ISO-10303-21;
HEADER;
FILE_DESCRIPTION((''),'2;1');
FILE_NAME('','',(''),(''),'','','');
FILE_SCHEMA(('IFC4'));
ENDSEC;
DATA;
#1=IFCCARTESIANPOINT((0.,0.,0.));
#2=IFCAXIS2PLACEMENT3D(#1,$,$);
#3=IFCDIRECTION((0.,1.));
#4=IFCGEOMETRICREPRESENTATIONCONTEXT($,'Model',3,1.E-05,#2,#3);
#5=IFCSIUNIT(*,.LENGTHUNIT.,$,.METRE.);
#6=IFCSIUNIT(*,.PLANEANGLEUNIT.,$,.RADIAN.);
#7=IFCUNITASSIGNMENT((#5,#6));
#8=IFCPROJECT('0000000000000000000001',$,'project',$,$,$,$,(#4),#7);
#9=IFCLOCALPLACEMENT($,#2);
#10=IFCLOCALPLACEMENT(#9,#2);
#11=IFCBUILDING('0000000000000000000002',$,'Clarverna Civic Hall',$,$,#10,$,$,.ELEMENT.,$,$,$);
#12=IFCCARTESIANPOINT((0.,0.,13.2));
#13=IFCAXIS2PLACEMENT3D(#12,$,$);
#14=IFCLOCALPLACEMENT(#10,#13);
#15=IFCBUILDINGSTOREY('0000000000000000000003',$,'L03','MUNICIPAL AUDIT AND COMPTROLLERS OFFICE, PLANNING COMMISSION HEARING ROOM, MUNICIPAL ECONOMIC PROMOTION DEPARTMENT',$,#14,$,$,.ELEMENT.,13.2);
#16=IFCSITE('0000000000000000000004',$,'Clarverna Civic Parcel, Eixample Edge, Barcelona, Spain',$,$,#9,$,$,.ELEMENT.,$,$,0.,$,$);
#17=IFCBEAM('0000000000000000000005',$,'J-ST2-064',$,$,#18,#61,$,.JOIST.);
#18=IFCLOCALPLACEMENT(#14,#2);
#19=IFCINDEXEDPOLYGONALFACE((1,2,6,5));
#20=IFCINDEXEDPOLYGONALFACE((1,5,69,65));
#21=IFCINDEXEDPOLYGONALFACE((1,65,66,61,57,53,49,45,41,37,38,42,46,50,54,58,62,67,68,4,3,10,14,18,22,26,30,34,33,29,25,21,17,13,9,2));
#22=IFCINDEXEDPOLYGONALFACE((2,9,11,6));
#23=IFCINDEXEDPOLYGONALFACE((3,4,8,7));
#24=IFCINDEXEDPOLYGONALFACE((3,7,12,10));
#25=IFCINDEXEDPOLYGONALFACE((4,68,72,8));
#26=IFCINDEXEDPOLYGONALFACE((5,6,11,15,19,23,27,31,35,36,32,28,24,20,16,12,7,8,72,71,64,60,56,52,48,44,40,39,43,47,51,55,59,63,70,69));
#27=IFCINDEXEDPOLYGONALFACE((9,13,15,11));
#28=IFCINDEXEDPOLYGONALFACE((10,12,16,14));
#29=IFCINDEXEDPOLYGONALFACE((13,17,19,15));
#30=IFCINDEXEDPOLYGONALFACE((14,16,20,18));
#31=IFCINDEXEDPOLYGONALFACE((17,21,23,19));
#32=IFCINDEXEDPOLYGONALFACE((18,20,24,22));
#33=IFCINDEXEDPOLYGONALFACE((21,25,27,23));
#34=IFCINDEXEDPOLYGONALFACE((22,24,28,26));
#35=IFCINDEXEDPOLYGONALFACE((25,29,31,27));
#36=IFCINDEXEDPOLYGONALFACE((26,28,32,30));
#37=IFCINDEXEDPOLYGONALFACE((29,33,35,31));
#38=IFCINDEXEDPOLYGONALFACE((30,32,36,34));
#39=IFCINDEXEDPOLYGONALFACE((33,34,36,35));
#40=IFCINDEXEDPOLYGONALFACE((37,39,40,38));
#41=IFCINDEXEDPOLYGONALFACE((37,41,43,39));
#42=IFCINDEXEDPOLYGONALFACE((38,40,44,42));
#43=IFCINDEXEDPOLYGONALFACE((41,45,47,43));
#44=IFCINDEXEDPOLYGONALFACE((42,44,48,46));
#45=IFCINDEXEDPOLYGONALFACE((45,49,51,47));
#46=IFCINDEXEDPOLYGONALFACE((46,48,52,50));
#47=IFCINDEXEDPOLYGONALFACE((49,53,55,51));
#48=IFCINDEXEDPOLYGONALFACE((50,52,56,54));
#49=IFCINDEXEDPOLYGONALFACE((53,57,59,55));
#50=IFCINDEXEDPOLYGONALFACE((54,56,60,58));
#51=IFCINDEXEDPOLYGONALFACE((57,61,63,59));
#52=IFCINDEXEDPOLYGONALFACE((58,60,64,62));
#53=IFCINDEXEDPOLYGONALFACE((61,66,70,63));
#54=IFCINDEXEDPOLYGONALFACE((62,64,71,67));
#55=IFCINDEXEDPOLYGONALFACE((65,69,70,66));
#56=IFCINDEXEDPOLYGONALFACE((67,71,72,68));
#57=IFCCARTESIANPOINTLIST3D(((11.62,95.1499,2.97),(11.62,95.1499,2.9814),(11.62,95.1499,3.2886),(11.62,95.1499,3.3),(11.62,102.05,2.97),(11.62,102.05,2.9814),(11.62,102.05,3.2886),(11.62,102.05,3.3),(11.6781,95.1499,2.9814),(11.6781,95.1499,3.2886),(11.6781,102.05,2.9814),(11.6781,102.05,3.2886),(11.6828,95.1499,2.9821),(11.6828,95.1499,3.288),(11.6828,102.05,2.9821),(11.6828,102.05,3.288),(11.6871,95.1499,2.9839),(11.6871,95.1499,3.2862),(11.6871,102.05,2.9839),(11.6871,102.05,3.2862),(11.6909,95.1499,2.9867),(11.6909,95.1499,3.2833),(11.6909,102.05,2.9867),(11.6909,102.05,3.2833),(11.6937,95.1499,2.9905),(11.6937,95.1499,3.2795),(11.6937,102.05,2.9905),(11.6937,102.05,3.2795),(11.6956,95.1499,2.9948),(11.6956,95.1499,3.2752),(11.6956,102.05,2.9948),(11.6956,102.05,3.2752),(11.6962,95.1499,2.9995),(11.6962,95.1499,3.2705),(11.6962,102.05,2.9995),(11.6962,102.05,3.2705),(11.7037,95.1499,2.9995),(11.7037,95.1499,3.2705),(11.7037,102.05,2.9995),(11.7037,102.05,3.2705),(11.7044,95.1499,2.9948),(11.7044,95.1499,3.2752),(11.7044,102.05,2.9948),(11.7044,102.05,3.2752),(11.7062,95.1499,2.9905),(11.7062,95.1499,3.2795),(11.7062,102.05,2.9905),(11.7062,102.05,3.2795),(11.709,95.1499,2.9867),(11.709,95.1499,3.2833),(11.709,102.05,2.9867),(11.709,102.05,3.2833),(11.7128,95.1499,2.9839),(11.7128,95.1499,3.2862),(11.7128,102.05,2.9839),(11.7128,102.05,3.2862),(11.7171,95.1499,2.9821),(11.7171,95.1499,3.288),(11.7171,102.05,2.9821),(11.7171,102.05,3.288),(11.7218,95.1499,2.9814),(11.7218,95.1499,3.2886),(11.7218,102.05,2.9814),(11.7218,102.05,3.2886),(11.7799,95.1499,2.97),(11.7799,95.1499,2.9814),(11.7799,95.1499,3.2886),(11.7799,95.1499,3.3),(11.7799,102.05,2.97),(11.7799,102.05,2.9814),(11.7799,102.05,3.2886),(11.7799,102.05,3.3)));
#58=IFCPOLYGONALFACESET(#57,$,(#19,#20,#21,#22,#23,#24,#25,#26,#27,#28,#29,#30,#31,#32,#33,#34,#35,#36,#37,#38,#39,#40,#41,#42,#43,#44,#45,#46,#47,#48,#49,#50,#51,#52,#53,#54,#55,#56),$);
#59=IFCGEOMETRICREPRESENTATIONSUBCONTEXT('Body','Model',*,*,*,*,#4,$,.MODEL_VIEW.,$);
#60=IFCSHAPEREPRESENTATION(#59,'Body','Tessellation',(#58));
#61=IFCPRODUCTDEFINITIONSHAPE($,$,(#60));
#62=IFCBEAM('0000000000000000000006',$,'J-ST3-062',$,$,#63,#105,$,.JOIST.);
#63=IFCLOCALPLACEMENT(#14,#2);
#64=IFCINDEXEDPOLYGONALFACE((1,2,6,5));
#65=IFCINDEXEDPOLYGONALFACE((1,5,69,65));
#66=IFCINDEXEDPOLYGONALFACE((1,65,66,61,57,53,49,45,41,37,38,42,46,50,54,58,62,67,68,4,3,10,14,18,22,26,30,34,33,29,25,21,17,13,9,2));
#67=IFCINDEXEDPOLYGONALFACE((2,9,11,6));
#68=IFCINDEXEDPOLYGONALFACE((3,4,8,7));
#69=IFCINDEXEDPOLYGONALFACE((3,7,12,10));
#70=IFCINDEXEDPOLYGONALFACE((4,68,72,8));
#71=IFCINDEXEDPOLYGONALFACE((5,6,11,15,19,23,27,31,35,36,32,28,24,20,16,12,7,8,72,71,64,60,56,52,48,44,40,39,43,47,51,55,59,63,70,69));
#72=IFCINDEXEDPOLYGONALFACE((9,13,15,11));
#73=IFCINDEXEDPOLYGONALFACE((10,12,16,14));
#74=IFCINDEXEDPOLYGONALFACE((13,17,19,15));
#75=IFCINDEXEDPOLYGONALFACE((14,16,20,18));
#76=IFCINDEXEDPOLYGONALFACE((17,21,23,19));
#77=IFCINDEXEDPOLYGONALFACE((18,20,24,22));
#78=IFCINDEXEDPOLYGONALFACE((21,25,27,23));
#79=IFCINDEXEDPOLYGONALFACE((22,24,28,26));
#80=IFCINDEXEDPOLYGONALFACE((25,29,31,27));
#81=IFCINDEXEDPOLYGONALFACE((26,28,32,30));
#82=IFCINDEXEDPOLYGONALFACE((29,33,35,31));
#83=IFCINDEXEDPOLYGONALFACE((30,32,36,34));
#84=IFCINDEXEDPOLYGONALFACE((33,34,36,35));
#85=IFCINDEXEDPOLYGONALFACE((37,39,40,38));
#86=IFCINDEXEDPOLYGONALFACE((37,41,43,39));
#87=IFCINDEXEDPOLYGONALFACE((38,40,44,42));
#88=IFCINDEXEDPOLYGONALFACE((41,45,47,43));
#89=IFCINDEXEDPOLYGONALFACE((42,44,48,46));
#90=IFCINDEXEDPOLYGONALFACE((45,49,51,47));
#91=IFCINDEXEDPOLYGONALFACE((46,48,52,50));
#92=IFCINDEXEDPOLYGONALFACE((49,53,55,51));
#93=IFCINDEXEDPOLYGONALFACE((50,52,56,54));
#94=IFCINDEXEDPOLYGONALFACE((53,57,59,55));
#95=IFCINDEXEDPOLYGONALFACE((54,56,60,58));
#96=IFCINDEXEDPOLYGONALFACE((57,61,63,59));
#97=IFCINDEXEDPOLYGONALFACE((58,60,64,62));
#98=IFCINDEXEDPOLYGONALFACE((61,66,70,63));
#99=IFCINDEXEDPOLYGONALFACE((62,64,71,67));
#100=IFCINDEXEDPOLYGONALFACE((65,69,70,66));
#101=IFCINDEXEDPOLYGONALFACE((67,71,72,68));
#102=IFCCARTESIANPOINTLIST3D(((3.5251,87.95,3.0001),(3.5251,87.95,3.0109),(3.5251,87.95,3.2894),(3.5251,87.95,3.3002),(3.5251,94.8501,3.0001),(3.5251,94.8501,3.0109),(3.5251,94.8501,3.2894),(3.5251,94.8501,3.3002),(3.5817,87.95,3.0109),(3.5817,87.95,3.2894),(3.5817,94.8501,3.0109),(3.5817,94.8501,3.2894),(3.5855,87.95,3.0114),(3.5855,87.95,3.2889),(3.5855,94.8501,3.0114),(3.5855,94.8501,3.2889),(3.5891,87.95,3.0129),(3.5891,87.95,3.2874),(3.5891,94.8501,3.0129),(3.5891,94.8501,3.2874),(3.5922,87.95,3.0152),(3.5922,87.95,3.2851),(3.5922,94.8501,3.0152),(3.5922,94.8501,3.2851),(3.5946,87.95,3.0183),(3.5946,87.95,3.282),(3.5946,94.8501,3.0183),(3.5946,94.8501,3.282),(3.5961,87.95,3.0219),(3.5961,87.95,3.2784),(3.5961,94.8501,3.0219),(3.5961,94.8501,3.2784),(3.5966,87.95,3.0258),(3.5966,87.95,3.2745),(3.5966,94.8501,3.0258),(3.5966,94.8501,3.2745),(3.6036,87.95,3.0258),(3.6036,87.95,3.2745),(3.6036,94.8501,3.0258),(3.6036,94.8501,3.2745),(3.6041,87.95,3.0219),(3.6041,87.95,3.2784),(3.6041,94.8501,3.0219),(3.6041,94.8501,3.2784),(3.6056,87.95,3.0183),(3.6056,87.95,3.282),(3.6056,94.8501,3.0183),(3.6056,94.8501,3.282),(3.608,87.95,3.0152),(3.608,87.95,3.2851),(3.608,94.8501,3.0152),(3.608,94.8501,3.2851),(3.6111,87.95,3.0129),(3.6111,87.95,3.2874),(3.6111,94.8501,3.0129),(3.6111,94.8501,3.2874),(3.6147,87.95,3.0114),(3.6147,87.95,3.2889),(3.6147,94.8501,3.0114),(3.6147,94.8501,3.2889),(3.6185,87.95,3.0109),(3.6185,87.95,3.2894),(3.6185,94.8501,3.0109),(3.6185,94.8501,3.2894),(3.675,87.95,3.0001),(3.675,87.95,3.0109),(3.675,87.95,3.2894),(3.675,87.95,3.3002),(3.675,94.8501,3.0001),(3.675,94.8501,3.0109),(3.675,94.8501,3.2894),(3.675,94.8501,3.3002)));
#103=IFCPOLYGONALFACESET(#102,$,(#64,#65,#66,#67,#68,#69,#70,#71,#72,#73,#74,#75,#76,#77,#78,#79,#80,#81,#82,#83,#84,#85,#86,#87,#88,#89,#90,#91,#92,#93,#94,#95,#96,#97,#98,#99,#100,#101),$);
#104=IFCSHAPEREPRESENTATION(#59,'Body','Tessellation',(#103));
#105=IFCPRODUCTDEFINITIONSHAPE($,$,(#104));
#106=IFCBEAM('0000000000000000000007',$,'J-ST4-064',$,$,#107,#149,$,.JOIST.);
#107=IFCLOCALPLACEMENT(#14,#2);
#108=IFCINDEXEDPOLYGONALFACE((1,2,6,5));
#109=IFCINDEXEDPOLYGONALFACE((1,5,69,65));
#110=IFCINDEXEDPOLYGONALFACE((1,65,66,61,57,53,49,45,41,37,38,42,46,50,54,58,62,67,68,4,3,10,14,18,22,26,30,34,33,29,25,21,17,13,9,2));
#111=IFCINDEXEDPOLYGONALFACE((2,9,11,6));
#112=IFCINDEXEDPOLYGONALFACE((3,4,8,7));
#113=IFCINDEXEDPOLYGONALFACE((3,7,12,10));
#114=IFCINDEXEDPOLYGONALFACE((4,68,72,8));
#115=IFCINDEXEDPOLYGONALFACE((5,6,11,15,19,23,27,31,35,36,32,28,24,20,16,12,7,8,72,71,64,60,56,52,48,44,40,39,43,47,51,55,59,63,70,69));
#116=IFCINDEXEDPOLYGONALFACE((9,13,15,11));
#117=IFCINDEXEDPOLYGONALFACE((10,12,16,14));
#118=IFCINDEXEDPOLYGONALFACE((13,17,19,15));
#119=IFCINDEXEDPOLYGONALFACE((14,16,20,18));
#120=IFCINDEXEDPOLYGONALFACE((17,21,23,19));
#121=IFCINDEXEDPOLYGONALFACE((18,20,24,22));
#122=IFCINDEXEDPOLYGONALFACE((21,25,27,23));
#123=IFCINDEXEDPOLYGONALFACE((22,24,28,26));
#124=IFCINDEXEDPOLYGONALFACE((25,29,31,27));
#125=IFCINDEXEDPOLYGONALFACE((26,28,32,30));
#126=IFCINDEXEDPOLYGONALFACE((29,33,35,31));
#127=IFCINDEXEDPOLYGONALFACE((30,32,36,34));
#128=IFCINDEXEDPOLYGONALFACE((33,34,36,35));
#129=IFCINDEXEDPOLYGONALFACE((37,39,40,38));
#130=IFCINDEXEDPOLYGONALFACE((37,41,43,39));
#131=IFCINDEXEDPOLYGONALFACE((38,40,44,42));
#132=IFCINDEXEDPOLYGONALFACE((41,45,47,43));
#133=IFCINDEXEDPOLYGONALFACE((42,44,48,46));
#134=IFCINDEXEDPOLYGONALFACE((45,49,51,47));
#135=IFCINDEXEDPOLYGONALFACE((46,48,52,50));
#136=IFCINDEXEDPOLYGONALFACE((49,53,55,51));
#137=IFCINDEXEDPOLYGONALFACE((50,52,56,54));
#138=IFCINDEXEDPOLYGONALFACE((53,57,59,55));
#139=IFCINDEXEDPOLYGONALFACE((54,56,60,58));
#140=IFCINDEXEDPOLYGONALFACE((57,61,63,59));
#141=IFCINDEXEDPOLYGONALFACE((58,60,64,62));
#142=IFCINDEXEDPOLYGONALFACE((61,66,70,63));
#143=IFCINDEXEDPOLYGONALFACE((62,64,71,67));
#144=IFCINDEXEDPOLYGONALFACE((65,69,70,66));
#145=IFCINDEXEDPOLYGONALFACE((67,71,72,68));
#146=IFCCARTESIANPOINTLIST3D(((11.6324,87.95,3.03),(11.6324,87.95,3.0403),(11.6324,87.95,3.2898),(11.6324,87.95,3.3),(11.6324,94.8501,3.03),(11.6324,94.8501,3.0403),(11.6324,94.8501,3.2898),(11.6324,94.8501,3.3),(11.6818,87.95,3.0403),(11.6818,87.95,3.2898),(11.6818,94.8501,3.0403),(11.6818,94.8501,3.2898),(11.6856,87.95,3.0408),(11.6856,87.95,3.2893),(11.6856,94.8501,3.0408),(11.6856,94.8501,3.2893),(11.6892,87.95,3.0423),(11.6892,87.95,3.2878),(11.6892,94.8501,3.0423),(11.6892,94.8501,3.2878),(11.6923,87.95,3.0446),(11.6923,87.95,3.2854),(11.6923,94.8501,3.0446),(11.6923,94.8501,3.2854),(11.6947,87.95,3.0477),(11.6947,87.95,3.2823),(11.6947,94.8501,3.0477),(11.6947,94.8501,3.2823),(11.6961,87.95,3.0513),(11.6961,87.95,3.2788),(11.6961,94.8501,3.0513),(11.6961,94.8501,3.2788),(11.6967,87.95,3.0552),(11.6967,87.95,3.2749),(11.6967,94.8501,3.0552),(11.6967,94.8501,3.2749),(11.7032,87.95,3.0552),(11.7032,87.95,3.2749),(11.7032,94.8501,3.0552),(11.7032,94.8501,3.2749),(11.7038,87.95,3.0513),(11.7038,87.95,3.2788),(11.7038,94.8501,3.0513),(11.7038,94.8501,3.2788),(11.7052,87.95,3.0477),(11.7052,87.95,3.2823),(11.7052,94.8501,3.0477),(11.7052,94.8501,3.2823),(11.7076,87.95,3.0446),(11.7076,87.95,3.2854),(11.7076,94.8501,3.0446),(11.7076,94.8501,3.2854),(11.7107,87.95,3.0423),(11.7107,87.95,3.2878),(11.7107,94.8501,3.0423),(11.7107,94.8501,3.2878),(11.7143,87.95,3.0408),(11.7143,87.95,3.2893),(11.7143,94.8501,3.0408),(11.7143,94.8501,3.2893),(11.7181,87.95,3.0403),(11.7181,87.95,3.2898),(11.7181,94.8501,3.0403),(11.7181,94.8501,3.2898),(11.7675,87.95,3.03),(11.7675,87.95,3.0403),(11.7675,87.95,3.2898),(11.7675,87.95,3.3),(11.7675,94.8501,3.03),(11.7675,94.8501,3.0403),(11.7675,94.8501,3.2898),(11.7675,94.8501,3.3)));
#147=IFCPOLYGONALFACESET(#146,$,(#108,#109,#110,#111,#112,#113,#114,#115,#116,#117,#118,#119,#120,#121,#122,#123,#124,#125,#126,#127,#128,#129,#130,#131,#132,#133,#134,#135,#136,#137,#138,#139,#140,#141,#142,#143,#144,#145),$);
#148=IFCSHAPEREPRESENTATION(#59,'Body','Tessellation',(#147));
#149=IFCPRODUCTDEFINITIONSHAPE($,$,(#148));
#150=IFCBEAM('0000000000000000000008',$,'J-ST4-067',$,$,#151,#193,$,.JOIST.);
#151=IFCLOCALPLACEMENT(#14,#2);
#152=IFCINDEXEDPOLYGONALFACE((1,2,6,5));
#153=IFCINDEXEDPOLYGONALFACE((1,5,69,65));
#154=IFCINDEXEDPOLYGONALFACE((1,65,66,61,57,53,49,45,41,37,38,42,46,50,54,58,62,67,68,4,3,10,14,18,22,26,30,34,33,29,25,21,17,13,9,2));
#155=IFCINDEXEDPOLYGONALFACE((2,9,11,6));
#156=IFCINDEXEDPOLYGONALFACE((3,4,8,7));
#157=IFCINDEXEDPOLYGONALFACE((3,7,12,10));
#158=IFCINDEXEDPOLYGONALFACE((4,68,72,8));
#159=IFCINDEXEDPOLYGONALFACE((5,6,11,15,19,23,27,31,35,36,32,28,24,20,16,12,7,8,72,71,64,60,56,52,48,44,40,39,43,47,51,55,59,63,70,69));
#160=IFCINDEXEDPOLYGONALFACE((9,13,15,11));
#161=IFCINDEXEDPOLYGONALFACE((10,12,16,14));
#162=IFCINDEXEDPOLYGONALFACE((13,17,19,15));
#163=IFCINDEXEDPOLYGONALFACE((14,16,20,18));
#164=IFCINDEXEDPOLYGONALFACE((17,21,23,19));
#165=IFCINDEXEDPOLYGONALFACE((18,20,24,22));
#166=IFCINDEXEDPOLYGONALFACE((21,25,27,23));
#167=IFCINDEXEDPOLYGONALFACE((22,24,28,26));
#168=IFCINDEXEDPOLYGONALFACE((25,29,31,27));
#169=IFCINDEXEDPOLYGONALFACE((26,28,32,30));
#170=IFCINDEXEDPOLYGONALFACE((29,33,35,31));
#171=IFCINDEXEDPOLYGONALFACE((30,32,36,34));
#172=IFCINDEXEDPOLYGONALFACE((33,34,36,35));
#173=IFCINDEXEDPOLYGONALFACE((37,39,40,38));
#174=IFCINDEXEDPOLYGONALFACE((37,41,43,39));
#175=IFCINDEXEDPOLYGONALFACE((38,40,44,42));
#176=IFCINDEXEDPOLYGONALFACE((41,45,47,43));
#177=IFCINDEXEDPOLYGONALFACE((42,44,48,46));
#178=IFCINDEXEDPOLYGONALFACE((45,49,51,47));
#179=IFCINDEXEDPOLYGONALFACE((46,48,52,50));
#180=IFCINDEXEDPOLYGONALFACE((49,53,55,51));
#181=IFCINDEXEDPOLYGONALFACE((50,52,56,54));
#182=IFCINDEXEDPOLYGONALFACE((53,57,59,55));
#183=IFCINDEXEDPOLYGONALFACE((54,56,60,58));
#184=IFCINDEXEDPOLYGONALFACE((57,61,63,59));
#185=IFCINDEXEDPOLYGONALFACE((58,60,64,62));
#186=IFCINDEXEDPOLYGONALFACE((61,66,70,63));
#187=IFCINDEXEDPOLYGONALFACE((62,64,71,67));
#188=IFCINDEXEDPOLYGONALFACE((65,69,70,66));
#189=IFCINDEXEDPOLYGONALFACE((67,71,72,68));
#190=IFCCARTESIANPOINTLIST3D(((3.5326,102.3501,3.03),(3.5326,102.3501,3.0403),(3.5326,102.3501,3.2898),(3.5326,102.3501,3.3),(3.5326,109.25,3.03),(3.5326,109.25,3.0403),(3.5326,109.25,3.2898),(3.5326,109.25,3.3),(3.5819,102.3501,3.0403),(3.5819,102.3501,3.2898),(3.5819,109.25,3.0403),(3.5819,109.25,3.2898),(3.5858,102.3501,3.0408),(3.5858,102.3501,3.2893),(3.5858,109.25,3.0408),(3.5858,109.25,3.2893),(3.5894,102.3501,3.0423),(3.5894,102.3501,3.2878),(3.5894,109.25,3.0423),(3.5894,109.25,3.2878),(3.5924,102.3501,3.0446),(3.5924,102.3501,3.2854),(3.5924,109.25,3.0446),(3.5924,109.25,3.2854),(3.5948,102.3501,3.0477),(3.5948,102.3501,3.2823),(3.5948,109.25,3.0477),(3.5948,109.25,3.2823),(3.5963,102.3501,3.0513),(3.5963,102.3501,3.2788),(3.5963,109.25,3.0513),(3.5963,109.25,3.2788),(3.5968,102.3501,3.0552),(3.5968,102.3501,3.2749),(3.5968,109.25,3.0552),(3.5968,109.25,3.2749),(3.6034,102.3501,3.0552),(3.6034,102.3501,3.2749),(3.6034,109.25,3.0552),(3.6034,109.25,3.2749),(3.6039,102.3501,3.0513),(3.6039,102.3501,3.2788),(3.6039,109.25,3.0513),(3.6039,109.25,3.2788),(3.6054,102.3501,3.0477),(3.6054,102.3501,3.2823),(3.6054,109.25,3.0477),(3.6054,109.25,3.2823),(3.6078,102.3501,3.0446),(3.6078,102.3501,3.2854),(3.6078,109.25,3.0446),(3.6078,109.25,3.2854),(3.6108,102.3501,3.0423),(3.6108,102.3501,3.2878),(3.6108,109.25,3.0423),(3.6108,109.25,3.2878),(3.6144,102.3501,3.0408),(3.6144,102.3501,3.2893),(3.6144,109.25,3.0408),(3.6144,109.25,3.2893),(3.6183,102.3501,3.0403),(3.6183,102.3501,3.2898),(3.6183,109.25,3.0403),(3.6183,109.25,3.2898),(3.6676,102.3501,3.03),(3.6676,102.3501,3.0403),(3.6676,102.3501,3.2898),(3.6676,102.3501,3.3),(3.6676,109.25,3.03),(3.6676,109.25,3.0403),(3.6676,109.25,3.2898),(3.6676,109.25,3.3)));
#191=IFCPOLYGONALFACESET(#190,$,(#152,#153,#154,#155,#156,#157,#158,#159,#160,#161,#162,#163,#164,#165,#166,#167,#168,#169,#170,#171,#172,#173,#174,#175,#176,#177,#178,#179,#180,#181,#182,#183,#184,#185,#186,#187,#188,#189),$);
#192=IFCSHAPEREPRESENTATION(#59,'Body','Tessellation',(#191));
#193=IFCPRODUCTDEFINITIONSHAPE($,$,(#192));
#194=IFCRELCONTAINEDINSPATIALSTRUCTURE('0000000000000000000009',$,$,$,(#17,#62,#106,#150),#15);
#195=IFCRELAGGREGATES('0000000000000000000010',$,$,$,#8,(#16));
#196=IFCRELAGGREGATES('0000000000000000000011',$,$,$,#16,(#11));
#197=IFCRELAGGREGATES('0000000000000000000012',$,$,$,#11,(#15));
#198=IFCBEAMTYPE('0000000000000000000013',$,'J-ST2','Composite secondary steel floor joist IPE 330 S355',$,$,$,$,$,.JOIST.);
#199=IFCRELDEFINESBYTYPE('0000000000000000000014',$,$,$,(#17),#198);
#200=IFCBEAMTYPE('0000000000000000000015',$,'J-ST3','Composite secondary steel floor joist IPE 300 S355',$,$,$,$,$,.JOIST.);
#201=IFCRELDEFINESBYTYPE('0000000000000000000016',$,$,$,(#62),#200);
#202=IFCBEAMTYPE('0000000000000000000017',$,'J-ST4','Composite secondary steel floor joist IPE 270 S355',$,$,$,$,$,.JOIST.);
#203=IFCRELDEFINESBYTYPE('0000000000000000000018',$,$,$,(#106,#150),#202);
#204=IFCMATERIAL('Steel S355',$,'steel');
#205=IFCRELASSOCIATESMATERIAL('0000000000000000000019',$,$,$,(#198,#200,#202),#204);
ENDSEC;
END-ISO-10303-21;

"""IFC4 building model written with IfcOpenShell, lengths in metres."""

from ifc_helpers import new_model, si_unit, direction, frame, origin, origin_2d, place, context, subcontext, project, spatial, i_section, extrude, material, material_profile, profile_set, type_object, element, save


model = new_model("IFC4")

# Units and contexts
model_context = context("Model", 3, precision=1e-05, world=origin(), true_north=direction((0.0, 1.0)))
body_context = subcontext(model_context, "Body", "Model", "MODEL_VIEW")
ifc_project = project(units=[si_unit("LENGTHUNIT", "METRE"), si_unit("PLANEANGLEUNIT", "RADIAN")], contexts=[model_context])

# Site, building, storey
site_placement = place(None, origin())
site = spatial("IfcSite", under=ifc_project, at=site_placement, Name="Clarverna Civic Parcel, Eixample Edge, Barcelona, Spain", CompositionType="ELEMENT", RefElevation=0.0)
building_placement = place(site_placement, origin())
building = spatial("IfcBuilding", under=site, at=building_placement, Name="Clarverna Civic Hall", CompositionType="ELEMENT")
storey_placement = place(building_placement, frame((0.0, 0.0, 13.2)))
storey = spatial("IfcBuildingStorey", under=building, at=storey_placement, Name="L03", Description="MUNICIPAL AUDIT AND COMPTROLLERS OFFICE, PLANNING COMMISSION HEARING ROOM, MUNICIPAL ECONOMIC PROMOTION DEPARTMENT", CompositionType="ELEMENT", Elevation=13.2)

# Beams
ifc_material_1 = material(Name="Steel S355", Category="steel")
ifc_material_profile_1 = material_profile(ifc_material_1, i_section(OverallWidth=0.1599, OverallDepth=0.3301, WebThickness=0.0076, FlangeThickness=0.0115, FilletRadius=0.0181, at=origin_2d()), Name="IPE 330")
ifc_profile_set_1 = profile_set([ifc_material_profile_1], Name="Steel S355")
beam_type_1 = type_object("IfcBeamType", Name="J-ST2", Description="Composite secondary steel floor joist IPE 330 S355", PredefinedType="JOIST", material=ifc_profile_set_1)
beam_1_placement = place(storey_placement, frame((11.7, 95.1499, 3.135), z_axis=(0.0, 1.0, 0.0), x_axis=(-1.0, 0.0, 0.0)))
element("IfcBeam", 1, at=beam_1_placement, inside=storey, type_object=beam_type_1, Name="J-ST2-064", PredefinedType="JOIST", context=body_context, shape_type="SweptSolid", body=[
    extrude(i_section(OverallWidth=0.1599, OverallDepth=0.3301, WebThickness=0.0076, FlangeThickness=0.0115, FilletRadius=0.0181, at=origin_2d()), origin(), (0.0, 0.0, 1.0), 6.9001),
])
ifc_material_profile_2 = material_profile(ifc_material_1, i_section(OverallWidth=0.1499, OverallDepth=0.3, WebThickness=0.0071, FlangeThickness=0.0107, FilletRadius=0.0149, at=origin_2d()), Name="IPE 300")
ifc_profile_set_2 = profile_set([ifc_material_profile_2], Name="Steel S355")
beam_type_2 = type_object("IfcBeamType", Name="J-ST3", Description="Composite secondary steel floor joist IPE 300 S355", PredefinedType="JOIST", material=ifc_profile_set_2)
beam_2_placement = place(storey_placement, frame((3.6001, 87.95, 3.1501), z_axis=(0.0, 1.0, 0.0), x_axis=(-1.0, 0.0, 0.0)))
element("IfcBeam", 2, at=beam_2_placement, inside=storey, type_object=beam_type_2, Name="J-ST3-062", PredefinedType="JOIST", context=body_context, shape_type="SweptSolid", body=[
    extrude(i_section(OverallWidth=0.1499, OverallDepth=0.3, WebThickness=0.0071, FlangeThickness=0.0107, FilletRadius=0.0149, at=origin_2d()), origin(), (0.0, 0.0, 1.0), 6.9001),
])
ifc_material_profile_3 = material_profile(ifc_material_1, i_section(OverallWidth=0.135, OverallDepth=0.27, WebThickness=0.0066, FlangeThickness=0.0103, FilletRadius=0.0149, at=origin_2d()), Name="IPE 270")
ifc_profile_set_3 = profile_set([ifc_material_profile_3], Name="Steel S355")
beam_type_3 = type_object("IfcBeamType", Name="J-ST4", Description="Composite secondary steel floor joist IPE 270 S355", PredefinedType="JOIST", material=ifc_profile_set_3)
beam_3_placement = place(storey_placement, frame((11.7, 87.95, 3.165), z_axis=(0.0, 1.0, 0.0), x_axis=(-1.0, 0.0, 0.0)))
element("IfcBeam", 3, at=beam_3_placement, inside=storey, type_object=beam_type_3, Name="J-ST4-064", PredefinedType="JOIST", context=body_context, shape_type="SweptSolid", body=[
    extrude(i_section(OverallWidth=0.135, OverallDepth=0.27, WebThickness=0.0066, FlangeThickness=0.0103, FilletRadius=0.0149, at=origin_2d()), origin(), (0.0, 0.0, 1.0), 6.9001),
])
beam_4_placement = place(storey_placement, frame((3.6001, 102.3501, 3.165), z_axis=(0.0, 1.0, 0.0), x_axis=(-1.0, 0.0, 0.0)))
element("IfcBeam", 4, at=beam_4_placement, inside=storey, type_object=beam_type_3, Name="J-ST4-067", PredefinedType="JOIST", context=body_context, shape_type="SweptSolid", body=[
    extrude(i_section(OverallWidth=0.135, OverallDepth=0.27, WebThickness=0.0066, FlangeThickness=0.0103, FilletRadius=0.0149, at=origin_2d()), origin(), (0.0, 0.0, 1.0), 6.8999),
])

save(model, "model.ifc")
